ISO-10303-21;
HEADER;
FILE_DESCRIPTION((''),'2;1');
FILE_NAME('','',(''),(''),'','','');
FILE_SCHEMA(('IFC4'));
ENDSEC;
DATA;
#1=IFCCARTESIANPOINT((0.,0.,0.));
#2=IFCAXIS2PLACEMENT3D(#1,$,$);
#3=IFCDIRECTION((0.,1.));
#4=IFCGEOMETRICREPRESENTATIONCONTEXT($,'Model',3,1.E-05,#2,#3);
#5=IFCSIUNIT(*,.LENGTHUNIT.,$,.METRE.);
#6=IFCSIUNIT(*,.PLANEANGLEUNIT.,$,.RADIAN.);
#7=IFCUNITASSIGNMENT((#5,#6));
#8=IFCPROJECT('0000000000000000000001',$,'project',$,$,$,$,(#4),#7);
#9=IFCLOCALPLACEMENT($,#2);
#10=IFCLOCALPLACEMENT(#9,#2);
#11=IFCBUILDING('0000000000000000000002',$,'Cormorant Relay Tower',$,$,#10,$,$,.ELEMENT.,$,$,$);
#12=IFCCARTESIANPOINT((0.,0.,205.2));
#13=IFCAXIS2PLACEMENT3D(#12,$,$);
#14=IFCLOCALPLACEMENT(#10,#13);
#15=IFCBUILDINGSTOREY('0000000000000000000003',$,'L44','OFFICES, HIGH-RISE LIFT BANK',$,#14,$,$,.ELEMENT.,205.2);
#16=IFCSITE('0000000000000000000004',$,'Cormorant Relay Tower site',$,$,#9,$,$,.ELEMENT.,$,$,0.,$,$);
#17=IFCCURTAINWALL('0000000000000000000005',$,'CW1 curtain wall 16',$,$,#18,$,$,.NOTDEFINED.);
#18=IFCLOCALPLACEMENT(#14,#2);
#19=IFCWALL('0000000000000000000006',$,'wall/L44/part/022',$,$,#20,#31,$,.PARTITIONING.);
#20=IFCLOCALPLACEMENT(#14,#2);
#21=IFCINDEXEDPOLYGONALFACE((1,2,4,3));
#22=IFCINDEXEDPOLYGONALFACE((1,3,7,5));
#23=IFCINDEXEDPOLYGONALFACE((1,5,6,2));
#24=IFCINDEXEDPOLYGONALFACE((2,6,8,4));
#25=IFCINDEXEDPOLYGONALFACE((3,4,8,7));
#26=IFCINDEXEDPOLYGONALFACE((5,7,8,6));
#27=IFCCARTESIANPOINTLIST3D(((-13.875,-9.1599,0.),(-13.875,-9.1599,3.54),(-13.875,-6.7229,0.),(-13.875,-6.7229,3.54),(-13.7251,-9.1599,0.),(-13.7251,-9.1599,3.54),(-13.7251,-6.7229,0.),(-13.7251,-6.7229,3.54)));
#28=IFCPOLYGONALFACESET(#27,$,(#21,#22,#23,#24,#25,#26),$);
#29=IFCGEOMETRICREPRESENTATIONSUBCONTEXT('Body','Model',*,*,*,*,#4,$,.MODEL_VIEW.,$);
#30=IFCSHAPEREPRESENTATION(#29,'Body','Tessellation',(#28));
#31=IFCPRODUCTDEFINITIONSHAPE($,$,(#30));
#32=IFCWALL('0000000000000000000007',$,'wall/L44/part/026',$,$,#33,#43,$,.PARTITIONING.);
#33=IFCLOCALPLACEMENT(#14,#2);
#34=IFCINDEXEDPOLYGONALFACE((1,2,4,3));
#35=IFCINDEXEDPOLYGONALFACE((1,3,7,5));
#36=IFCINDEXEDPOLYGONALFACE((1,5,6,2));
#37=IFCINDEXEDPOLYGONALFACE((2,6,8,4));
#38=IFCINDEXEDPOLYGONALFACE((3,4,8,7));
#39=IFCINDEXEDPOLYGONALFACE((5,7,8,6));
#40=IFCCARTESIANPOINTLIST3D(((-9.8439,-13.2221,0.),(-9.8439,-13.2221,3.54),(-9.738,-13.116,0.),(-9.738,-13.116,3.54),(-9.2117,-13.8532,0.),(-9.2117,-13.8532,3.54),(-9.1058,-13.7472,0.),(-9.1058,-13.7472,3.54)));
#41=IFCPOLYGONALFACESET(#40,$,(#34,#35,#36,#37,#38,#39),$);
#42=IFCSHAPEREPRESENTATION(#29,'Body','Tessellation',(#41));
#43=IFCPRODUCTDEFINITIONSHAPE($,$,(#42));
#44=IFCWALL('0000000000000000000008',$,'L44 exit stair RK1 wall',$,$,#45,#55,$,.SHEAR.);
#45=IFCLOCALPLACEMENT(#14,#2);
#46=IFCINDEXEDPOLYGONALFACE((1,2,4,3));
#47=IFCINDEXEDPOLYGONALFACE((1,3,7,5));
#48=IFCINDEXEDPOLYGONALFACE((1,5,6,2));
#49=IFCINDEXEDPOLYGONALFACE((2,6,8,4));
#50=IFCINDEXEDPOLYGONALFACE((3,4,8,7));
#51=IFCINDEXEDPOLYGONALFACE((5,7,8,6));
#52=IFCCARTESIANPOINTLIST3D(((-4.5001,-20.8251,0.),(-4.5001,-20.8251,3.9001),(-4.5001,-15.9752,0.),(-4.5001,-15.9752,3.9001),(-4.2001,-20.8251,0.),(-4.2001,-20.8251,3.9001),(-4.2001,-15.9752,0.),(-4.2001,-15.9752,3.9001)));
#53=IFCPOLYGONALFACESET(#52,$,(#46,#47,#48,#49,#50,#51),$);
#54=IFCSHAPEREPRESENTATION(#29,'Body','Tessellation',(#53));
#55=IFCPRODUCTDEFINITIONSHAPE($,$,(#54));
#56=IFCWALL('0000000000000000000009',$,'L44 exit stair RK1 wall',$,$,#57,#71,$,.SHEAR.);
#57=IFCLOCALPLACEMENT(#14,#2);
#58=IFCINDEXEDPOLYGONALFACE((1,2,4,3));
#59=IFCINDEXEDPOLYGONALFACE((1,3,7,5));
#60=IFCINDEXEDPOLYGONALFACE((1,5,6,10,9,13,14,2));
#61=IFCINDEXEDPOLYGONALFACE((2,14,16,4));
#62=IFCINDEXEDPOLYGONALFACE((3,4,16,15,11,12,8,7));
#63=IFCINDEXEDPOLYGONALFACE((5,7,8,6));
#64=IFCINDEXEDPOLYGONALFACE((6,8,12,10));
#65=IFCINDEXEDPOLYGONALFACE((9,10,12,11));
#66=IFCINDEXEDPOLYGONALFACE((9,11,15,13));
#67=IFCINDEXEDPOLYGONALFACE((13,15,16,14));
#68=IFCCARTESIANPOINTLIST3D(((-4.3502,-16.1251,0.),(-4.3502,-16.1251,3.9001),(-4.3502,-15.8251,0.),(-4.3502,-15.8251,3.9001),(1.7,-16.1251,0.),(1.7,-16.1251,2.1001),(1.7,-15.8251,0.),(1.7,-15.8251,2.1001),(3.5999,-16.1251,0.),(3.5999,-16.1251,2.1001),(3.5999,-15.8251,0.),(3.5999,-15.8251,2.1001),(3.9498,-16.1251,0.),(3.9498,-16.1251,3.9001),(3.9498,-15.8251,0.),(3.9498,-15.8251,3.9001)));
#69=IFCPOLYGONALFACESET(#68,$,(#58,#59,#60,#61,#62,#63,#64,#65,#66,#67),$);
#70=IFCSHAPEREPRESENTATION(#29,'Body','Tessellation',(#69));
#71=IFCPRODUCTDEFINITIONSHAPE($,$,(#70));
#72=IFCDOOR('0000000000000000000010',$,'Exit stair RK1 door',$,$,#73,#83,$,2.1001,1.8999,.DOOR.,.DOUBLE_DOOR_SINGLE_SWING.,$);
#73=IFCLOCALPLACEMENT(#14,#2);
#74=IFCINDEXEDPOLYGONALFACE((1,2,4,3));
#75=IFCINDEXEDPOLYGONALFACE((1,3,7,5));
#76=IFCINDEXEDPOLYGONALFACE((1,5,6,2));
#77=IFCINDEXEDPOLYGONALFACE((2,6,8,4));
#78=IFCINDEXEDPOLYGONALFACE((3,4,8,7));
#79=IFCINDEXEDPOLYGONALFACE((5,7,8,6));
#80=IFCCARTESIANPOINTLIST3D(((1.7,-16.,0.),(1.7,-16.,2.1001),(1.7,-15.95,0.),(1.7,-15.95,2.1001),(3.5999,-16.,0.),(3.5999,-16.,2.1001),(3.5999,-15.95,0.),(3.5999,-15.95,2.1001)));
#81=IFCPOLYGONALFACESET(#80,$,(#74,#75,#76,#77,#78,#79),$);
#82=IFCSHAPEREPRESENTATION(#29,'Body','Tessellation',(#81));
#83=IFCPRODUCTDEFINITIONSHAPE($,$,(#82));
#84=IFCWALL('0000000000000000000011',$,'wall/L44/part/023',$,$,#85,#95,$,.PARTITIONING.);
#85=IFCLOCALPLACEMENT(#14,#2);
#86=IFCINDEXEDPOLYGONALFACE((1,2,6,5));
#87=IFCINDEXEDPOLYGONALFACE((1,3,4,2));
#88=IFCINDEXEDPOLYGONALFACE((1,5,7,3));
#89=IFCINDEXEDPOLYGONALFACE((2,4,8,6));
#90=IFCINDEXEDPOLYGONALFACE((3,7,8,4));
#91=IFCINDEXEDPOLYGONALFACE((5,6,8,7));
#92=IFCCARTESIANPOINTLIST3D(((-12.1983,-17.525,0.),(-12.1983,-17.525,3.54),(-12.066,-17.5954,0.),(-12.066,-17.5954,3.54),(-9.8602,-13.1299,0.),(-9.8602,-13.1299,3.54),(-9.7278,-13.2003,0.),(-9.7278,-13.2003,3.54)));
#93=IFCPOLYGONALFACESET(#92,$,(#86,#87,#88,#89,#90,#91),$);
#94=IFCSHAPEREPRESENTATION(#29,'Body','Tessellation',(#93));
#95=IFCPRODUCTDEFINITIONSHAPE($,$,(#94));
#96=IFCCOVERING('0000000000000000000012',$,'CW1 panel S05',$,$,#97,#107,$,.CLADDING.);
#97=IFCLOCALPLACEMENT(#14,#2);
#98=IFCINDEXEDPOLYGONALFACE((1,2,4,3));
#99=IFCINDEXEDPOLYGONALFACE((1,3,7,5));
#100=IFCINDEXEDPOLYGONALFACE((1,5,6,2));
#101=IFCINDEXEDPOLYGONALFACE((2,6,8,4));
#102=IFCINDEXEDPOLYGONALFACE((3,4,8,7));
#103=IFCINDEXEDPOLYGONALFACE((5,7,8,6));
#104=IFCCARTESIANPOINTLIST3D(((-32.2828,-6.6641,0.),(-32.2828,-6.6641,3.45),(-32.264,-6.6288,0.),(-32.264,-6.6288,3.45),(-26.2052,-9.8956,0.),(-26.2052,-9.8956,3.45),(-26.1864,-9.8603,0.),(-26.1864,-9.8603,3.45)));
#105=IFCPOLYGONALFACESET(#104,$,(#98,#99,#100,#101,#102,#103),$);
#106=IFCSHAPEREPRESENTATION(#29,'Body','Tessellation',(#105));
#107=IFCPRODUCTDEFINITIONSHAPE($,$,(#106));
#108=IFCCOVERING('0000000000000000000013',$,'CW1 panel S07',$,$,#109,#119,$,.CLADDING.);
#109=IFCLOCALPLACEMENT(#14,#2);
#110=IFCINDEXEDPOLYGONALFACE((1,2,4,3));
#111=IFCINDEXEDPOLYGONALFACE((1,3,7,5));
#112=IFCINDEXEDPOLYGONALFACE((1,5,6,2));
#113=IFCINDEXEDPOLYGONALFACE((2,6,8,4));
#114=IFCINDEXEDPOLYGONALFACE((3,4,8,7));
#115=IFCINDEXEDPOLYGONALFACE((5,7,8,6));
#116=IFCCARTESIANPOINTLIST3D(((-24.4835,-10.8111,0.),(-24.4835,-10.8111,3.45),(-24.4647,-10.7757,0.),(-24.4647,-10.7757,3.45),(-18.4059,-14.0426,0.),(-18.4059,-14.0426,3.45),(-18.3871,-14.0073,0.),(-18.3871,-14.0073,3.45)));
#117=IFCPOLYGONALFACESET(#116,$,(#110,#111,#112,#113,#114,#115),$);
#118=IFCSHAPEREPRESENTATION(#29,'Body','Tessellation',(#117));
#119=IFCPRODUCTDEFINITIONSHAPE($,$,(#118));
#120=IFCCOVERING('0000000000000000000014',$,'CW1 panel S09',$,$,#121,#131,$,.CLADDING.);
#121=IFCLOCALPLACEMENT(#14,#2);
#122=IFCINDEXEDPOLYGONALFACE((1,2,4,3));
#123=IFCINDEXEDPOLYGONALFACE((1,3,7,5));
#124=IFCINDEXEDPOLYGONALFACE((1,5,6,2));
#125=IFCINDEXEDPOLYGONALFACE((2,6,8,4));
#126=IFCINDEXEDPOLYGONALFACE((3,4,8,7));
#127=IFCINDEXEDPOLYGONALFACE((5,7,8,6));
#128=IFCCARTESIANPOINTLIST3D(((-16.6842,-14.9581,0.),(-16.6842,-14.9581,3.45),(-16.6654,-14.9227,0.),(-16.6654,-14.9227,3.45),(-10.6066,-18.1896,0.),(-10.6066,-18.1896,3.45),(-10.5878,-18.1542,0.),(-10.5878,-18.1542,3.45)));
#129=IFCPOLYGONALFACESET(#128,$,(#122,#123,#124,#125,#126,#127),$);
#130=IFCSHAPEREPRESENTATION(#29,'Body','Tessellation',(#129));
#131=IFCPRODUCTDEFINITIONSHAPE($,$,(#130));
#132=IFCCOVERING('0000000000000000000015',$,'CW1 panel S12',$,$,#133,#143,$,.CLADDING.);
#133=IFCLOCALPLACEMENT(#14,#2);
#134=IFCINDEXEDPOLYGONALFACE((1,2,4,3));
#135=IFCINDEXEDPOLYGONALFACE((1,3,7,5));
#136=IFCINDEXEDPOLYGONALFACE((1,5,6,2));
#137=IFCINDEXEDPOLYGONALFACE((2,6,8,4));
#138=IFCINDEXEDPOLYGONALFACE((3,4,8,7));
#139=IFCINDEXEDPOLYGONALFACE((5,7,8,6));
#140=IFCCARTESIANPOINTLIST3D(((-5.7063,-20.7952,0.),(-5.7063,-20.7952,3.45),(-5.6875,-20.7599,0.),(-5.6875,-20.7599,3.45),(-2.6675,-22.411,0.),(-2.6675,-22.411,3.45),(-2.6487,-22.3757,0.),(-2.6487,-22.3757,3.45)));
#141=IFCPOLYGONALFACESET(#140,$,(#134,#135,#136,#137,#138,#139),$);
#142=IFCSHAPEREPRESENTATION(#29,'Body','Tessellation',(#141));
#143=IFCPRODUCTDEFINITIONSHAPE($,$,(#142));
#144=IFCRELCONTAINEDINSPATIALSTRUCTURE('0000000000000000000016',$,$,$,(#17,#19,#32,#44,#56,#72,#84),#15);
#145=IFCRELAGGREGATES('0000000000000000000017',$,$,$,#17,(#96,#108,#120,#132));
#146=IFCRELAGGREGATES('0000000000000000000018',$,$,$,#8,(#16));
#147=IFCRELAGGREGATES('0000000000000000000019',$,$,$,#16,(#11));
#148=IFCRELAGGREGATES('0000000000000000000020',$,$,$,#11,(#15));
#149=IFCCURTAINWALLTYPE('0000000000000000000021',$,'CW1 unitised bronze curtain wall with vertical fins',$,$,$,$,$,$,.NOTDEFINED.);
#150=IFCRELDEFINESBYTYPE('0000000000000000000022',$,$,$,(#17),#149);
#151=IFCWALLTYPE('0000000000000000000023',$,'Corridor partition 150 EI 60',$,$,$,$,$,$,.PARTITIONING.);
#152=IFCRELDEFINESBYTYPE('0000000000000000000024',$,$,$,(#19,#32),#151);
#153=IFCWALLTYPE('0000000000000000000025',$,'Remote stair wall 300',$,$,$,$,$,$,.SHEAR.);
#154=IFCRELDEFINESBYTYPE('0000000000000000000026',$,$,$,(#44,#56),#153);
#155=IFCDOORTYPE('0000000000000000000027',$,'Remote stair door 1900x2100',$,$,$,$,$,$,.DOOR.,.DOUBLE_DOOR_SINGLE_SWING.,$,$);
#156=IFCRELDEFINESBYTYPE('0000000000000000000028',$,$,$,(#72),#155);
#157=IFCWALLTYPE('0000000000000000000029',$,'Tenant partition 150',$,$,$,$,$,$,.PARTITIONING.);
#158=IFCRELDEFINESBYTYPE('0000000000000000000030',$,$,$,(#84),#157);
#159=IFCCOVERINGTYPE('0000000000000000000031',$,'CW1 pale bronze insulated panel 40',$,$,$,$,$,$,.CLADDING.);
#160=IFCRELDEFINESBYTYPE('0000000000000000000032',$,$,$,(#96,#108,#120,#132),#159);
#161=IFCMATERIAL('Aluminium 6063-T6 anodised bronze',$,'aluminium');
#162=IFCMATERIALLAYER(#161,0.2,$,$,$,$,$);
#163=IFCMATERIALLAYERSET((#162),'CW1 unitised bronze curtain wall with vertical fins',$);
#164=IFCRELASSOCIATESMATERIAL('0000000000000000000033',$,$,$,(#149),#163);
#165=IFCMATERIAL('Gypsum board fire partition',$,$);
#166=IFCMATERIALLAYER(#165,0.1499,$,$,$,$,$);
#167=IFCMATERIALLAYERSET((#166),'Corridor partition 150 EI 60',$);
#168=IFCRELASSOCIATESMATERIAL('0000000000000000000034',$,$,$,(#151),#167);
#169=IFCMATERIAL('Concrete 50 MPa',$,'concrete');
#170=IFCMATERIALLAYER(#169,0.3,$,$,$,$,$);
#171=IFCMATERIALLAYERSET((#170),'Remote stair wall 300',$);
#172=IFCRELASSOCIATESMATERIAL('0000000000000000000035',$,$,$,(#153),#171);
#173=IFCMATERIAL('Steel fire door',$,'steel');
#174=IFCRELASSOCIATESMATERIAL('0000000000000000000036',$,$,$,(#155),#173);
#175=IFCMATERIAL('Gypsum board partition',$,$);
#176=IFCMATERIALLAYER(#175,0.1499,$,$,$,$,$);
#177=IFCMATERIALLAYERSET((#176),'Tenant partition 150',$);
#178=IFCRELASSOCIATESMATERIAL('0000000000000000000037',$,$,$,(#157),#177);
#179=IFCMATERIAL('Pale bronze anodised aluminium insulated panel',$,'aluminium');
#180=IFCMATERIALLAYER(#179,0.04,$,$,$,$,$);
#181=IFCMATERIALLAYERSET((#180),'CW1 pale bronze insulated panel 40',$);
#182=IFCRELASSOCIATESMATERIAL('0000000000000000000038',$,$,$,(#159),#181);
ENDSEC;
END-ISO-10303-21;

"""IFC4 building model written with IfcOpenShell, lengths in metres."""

from ifc_helpers import new_model, si_unit, direction, frame, frame_2d, origin, origin_2d, place, context, subcontext, project, spatial, rectangle, extrude, material, layer, layer_set, type_object, element, fill, aggregate, save


model = new_model("IFC4")

# Units and contexts
model_context = context("Model", 3, precision=1e-05, world=origin(), true_north=direction((0.0, 1.0)))
body_context = subcontext(model_context, "Body", "Model", "MODEL_VIEW")
ifc_project = project(units=[si_unit("LENGTHUNIT", "METRE"), si_unit("PLANEANGLEUNIT", "RADIAN")], contexts=[model_context])

# Site, building, storey
site_placement = place(None, origin())
site = spatial("IfcSite", under=ifc_project, at=site_placement, Name="Cormorant Relay Tower site", CompositionType="ELEMENT", RefElevation=0.0)
building_placement = place(site_placement, origin())
building = spatial("IfcBuilding", under=site, at=building_placement, Name="Cormorant Relay Tower", CompositionType="ELEMENT")
storey_placement = place(building_placement, frame((0.0, 0.0, 205.2)))
storey = spatial("IfcBuildingStorey", under=building, at=storey_placement, Name="L44", Description="OFFICES, HIGH-RISE LIFT BANK", CompositionType="ELEMENT", Elevation=205.2)

# Curtain wall
ifc_material_1 = material(Name="Aluminium 6063-T6 anodised bronze", Category="aluminium")
ifc_layer_1 = layer(ifc_material_1, 0.2)
ifc_layer_set_1 = layer_set([ifc_layer_1], Name="CW1 unitised bronze curtain wall with vertical fins")
curtain_wall_type = type_object("IfcCurtainWallType", Name="CW1 unitised bronze curtain wall with vertical fins", PredefinedType="NOTDEFINED", material=ifc_layer_set_1)
curtain_wall_placement = place(storey_placement, origin())
curtain_wall = element("IfcCurtainWall", 1, at=curtain_wall_placement, inside=storey, type_object=curtain_wall_type, Name="CW1 curtain wall 16", PredefinedType="NOTDEFINED")

# Walls
ifc_material_2 = material(Name="Gypsum board fire partition")
ifc_layer_2 = layer(ifc_material_2, 0.1499)
ifc_layer_set_2 = layer_set([ifc_layer_2], Name="Corridor partition 150 EI 60")
wall_type_1 = type_object("IfcWallType", Name="Corridor partition 150 EI 60", PredefinedType="PARTITIONING", material=ifc_layer_set_2)
wall_1_placement = place(storey_placement, frame((-13.8, -9.1599, 0.0), z_axis=(0.0, 0.0, 1.0), x_axis=(0.0, 1.0, 0.0)))
element("IfcWall", 2, at=wall_1_placement, inside=storey, type_object=wall_type_1, Name="wall/L44/part/022", PredefinedType="PARTITIONING", context=body_context, shape_type="SweptSolid", body=[
    extrude(rectangle(XDim=2.437, YDim=0.1499, at=frame_2d((1.2185, 0.0))), origin(), (0.0, 0.0, 1.0), 3.54),
])
wall_2_placement = place(storey_placement, frame((-9.791, -13.1689, 0.0), z_axis=(0.0, 0.0, 1.0), x_axis=(0.707653, -0.70656, 0.0)))
element("IfcWall", 3, at=wall_2_placement, inside=storey, type_object=wall_type_1, Name="wall/L44/part/026", PredefinedType="PARTITIONING", context=body_context, shape_type="SweptSolid", body=[
    extrude(rectangle(XDim=0.8933, YDim=0.1499, at=frame_2d((0.4468, 0.0))), origin(), (0.0, 0.0, 1.0), 3.54),
])
ifc_material_3 = material(Name="Concrete 50 MPa", Category="concrete")
ifc_layer_3 = layer(ifc_material_3, 0.3)
ifc_layer_set_3 = layer_set([ifc_layer_3], Name="Remote stair wall 300")
wall_type_2 = type_object("IfcWallType", Name="Remote stair wall 300", PredefinedType="SHEAR", material=ifc_layer_set_3)
wall_3_placement = place(storey_placement, frame((-4.3501, -20.825, 0.0), z_axis=(0.0, 0.0, 1.0), x_axis=(0.0, 1.0, 0.0)))
element("IfcWall", 4, at=wall_3_placement, inside=storey, type_object=wall_type_2, Name="L44 exit stair RK1 wall", PredefinedType="SHEAR", context=body_context, shape_type="SweptSolid", body=[
    extrude(rectangle(XDim=4.8499, YDim=0.3, at=frame_2d((2.4248, 0.0))), origin(), (0.0, 0.0, 1.0), 3.9001),
])

# Wall, opening, door
wall_4_placement = place(storey_placement, frame((-4.3501, -15.9751, 0.0), z_axis=(0.0, 0.0, 1.0), x_axis=(1.0, 0.0, 0.0)))
wall_4 = element("IfcWall", 5, at=wall_4_placement, inside=storey, type_object=wall_type_2, Name="L44 exit stair RK1 wall", PredefinedType="SHEAR", context=body_context, shape_type="SweptSolid", body=[
    extrude(rectangle(XDim=8.3, YDim=0.3, at=frame_2d((4.1499, 0.0))), origin(), (0.0, 0.0, 1.0), 3.9001),
])
opening_placement = place(wall_4_placement, frame((6.05, 0.0, 0.0)))
opening = element("IfcOpeningElement", 6, at=opening_placement, cuts=wall_4, PredefinedType="OPENING", context=body_context, shape_type="SweptSolid", body=[
    extrude(rectangle(XDim=1.8999, YDim=2.1001, at=frame_2d((0.95, 1.05))), frame((0.0, 0.1599, 0.0), z_axis=(0.0, -1.0, 0.0), x_axis=(1.0, 0.0, 0.0)), (0.0, 0.0, 1.0), 0.3201),
])
ifc_material_4 = material(Name="Steel fire door", Category="steel")
door_type = type_object("IfcDoorType", Name="Remote stair door 1900x2100", OperationType="DOUBLE_DOOR_SINGLE_SWING", PredefinedType="DOOR", material=ifc_material_4)
door_placement = place(opening_placement, frame((1.8999, 0.0, 0.0), z_axis=(0.0, 0.0, 1.0), x_axis=(-1.0, 0.0, 0.0)))
door = element("IfcDoor", 7, at=door_placement, inside=storey, type_object=door_type, Name="Exit stair RK1 door", OperationType="DOUBLE_DOOR_SINGLE_SWING", OverallHeight=2.1001, OverallWidth=1.8999, PredefinedType="DOOR", context=body_context, shape_type="SweptSolid", body=[
    extrude(rectangle(XDim=1.8999, YDim=2.1001, at=frame_2d((0.95, 1.05))), frame((0.0, 0.0249, 0.0), z_axis=(0.0, -1.0, 0.0), x_axis=(1.0, 0.0, 0.0)), (0.0, 0.0, 1.0), 0.05),
])
fill(opening, door)

# Wall
ifc_material_5 = material(Name="Gypsum board partition")
ifc_layer_4 = layer(ifc_material_5, 0.1499)
ifc_layer_set_4 = layer_set([ifc_layer_4], Name="Tenant partition 150")
wall_type_3 = type_object("IfcWallType", Name="Tenant partition 150", PredefinedType="PARTITIONING", material=ifc_layer_set_4)
wall_5_placement = place(storey_placement, frame((-9.7939, -13.165, 0.0), z_axis=(0.0, 0.0, 1.0), x_axis=(-0.469669, -0.882843, 0.0)))
element("IfcWall", 8, at=wall_5_placement, inside=storey, type_object=wall_type_3, Name="wall/L44/part/023", PredefinedType="PARTITIONING", context=body_context, shape_type="SweptSolid", body=[
    extrude(rectangle(XDim=4.9783, YDim=0.1499, at=frame_2d((2.4893, 0.0))), origin(), (0.0, 0.0, 1.0), 3.54),
])

# Coverings
ifc_material_6 = material(Name="Pale bronze anodised aluminium insulated panel", Category="aluminium")
ifc_layer_5 = layer(ifc_material_6, 0.04)
ifc_layer_set_5 = layer_set([ifc_layer_5], Name="CW1 pale bronze insulated panel 40")
covering_type = type_object("IfcCoveringType", Name="CW1 pale bronze insulated panel 40", PredefinedType="CLADDING", material=ifc_layer_set_5)
covering_1_placement = place(storey_placement, frame((-29.2346, -8.2622, 0.0), z_axis=(0.0, 0.0, 1.0), x_axis=(0.882948, -0.469472, 0.0)))
covering_1 = element("IfcCovering", 9, at=covering_1_placement, type_object=covering_type, Name="CW1 panel S05", PredefinedType="CLADDING", context=body_context, shape_type="SweptSolid", body=[
    extrude(rectangle(XDim=6.8833, YDim=0.04, at=origin_2d()), origin(), (0.0, 0.0, 1.0), 3.45),
])
covering_2_placement = place(storey_placement, frame((-21.4353, -12.4092, 0.0), z_axis=(0.0, 0.0, 1.0), x_axis=(0.882948, -0.469472, 0.0)))
covering_2 = element("IfcCovering", 10, at=covering_2_placement, type_object=covering_type, Name="CW1 panel S07", PredefinedType="CLADDING", context=body_context, shape_type="SweptSolid", body=[
    extrude(rectangle(XDim=6.8833, YDim=0.04, at=origin_2d()), origin(), (0.0, 0.0, 1.0), 3.45),
])
covering_3_placement = place(storey_placement, frame((-13.636, -16.5562, 0.0), z_axis=(0.0, 0.0, 1.0), x_axis=(0.882948, -0.469472, 0.0)))
covering_3 = element("IfcCovering", 11, at=covering_3_placement, type_object=covering_type, Name="CW1 panel S09", PredefinedType="CLADDING", context=body_context, shape_type="SweptSolid", body=[
    extrude(rectangle(XDim=6.8833, YDim=0.04, at=origin_2d()), origin(), (0.0, 0.0, 1.0), 3.45),
])
covering_4_placement = place(storey_placement, frame((-4.1775, -21.5854, 0.0), z_axis=(0.0, 0.0, 1.0), x_axis=(0.882948, -0.469472, 0.0)))
covering_4 = element("IfcCovering", 12, at=covering_4_placement, type_object=covering_type, Name="CW1 panel S12", PredefinedType="CLADDING", context=body_context, shape_type="SweptSolid", body=[
    extrude(rectangle(XDim=3.4417, YDim=0.04, at=origin_2d()), origin(), (0.0, 0.0, 1.0), 3.45),
])
aggregate(curtain_wall, [covering_1, covering_2, covering_3, covering_4])

save(model, "model.ifc")
